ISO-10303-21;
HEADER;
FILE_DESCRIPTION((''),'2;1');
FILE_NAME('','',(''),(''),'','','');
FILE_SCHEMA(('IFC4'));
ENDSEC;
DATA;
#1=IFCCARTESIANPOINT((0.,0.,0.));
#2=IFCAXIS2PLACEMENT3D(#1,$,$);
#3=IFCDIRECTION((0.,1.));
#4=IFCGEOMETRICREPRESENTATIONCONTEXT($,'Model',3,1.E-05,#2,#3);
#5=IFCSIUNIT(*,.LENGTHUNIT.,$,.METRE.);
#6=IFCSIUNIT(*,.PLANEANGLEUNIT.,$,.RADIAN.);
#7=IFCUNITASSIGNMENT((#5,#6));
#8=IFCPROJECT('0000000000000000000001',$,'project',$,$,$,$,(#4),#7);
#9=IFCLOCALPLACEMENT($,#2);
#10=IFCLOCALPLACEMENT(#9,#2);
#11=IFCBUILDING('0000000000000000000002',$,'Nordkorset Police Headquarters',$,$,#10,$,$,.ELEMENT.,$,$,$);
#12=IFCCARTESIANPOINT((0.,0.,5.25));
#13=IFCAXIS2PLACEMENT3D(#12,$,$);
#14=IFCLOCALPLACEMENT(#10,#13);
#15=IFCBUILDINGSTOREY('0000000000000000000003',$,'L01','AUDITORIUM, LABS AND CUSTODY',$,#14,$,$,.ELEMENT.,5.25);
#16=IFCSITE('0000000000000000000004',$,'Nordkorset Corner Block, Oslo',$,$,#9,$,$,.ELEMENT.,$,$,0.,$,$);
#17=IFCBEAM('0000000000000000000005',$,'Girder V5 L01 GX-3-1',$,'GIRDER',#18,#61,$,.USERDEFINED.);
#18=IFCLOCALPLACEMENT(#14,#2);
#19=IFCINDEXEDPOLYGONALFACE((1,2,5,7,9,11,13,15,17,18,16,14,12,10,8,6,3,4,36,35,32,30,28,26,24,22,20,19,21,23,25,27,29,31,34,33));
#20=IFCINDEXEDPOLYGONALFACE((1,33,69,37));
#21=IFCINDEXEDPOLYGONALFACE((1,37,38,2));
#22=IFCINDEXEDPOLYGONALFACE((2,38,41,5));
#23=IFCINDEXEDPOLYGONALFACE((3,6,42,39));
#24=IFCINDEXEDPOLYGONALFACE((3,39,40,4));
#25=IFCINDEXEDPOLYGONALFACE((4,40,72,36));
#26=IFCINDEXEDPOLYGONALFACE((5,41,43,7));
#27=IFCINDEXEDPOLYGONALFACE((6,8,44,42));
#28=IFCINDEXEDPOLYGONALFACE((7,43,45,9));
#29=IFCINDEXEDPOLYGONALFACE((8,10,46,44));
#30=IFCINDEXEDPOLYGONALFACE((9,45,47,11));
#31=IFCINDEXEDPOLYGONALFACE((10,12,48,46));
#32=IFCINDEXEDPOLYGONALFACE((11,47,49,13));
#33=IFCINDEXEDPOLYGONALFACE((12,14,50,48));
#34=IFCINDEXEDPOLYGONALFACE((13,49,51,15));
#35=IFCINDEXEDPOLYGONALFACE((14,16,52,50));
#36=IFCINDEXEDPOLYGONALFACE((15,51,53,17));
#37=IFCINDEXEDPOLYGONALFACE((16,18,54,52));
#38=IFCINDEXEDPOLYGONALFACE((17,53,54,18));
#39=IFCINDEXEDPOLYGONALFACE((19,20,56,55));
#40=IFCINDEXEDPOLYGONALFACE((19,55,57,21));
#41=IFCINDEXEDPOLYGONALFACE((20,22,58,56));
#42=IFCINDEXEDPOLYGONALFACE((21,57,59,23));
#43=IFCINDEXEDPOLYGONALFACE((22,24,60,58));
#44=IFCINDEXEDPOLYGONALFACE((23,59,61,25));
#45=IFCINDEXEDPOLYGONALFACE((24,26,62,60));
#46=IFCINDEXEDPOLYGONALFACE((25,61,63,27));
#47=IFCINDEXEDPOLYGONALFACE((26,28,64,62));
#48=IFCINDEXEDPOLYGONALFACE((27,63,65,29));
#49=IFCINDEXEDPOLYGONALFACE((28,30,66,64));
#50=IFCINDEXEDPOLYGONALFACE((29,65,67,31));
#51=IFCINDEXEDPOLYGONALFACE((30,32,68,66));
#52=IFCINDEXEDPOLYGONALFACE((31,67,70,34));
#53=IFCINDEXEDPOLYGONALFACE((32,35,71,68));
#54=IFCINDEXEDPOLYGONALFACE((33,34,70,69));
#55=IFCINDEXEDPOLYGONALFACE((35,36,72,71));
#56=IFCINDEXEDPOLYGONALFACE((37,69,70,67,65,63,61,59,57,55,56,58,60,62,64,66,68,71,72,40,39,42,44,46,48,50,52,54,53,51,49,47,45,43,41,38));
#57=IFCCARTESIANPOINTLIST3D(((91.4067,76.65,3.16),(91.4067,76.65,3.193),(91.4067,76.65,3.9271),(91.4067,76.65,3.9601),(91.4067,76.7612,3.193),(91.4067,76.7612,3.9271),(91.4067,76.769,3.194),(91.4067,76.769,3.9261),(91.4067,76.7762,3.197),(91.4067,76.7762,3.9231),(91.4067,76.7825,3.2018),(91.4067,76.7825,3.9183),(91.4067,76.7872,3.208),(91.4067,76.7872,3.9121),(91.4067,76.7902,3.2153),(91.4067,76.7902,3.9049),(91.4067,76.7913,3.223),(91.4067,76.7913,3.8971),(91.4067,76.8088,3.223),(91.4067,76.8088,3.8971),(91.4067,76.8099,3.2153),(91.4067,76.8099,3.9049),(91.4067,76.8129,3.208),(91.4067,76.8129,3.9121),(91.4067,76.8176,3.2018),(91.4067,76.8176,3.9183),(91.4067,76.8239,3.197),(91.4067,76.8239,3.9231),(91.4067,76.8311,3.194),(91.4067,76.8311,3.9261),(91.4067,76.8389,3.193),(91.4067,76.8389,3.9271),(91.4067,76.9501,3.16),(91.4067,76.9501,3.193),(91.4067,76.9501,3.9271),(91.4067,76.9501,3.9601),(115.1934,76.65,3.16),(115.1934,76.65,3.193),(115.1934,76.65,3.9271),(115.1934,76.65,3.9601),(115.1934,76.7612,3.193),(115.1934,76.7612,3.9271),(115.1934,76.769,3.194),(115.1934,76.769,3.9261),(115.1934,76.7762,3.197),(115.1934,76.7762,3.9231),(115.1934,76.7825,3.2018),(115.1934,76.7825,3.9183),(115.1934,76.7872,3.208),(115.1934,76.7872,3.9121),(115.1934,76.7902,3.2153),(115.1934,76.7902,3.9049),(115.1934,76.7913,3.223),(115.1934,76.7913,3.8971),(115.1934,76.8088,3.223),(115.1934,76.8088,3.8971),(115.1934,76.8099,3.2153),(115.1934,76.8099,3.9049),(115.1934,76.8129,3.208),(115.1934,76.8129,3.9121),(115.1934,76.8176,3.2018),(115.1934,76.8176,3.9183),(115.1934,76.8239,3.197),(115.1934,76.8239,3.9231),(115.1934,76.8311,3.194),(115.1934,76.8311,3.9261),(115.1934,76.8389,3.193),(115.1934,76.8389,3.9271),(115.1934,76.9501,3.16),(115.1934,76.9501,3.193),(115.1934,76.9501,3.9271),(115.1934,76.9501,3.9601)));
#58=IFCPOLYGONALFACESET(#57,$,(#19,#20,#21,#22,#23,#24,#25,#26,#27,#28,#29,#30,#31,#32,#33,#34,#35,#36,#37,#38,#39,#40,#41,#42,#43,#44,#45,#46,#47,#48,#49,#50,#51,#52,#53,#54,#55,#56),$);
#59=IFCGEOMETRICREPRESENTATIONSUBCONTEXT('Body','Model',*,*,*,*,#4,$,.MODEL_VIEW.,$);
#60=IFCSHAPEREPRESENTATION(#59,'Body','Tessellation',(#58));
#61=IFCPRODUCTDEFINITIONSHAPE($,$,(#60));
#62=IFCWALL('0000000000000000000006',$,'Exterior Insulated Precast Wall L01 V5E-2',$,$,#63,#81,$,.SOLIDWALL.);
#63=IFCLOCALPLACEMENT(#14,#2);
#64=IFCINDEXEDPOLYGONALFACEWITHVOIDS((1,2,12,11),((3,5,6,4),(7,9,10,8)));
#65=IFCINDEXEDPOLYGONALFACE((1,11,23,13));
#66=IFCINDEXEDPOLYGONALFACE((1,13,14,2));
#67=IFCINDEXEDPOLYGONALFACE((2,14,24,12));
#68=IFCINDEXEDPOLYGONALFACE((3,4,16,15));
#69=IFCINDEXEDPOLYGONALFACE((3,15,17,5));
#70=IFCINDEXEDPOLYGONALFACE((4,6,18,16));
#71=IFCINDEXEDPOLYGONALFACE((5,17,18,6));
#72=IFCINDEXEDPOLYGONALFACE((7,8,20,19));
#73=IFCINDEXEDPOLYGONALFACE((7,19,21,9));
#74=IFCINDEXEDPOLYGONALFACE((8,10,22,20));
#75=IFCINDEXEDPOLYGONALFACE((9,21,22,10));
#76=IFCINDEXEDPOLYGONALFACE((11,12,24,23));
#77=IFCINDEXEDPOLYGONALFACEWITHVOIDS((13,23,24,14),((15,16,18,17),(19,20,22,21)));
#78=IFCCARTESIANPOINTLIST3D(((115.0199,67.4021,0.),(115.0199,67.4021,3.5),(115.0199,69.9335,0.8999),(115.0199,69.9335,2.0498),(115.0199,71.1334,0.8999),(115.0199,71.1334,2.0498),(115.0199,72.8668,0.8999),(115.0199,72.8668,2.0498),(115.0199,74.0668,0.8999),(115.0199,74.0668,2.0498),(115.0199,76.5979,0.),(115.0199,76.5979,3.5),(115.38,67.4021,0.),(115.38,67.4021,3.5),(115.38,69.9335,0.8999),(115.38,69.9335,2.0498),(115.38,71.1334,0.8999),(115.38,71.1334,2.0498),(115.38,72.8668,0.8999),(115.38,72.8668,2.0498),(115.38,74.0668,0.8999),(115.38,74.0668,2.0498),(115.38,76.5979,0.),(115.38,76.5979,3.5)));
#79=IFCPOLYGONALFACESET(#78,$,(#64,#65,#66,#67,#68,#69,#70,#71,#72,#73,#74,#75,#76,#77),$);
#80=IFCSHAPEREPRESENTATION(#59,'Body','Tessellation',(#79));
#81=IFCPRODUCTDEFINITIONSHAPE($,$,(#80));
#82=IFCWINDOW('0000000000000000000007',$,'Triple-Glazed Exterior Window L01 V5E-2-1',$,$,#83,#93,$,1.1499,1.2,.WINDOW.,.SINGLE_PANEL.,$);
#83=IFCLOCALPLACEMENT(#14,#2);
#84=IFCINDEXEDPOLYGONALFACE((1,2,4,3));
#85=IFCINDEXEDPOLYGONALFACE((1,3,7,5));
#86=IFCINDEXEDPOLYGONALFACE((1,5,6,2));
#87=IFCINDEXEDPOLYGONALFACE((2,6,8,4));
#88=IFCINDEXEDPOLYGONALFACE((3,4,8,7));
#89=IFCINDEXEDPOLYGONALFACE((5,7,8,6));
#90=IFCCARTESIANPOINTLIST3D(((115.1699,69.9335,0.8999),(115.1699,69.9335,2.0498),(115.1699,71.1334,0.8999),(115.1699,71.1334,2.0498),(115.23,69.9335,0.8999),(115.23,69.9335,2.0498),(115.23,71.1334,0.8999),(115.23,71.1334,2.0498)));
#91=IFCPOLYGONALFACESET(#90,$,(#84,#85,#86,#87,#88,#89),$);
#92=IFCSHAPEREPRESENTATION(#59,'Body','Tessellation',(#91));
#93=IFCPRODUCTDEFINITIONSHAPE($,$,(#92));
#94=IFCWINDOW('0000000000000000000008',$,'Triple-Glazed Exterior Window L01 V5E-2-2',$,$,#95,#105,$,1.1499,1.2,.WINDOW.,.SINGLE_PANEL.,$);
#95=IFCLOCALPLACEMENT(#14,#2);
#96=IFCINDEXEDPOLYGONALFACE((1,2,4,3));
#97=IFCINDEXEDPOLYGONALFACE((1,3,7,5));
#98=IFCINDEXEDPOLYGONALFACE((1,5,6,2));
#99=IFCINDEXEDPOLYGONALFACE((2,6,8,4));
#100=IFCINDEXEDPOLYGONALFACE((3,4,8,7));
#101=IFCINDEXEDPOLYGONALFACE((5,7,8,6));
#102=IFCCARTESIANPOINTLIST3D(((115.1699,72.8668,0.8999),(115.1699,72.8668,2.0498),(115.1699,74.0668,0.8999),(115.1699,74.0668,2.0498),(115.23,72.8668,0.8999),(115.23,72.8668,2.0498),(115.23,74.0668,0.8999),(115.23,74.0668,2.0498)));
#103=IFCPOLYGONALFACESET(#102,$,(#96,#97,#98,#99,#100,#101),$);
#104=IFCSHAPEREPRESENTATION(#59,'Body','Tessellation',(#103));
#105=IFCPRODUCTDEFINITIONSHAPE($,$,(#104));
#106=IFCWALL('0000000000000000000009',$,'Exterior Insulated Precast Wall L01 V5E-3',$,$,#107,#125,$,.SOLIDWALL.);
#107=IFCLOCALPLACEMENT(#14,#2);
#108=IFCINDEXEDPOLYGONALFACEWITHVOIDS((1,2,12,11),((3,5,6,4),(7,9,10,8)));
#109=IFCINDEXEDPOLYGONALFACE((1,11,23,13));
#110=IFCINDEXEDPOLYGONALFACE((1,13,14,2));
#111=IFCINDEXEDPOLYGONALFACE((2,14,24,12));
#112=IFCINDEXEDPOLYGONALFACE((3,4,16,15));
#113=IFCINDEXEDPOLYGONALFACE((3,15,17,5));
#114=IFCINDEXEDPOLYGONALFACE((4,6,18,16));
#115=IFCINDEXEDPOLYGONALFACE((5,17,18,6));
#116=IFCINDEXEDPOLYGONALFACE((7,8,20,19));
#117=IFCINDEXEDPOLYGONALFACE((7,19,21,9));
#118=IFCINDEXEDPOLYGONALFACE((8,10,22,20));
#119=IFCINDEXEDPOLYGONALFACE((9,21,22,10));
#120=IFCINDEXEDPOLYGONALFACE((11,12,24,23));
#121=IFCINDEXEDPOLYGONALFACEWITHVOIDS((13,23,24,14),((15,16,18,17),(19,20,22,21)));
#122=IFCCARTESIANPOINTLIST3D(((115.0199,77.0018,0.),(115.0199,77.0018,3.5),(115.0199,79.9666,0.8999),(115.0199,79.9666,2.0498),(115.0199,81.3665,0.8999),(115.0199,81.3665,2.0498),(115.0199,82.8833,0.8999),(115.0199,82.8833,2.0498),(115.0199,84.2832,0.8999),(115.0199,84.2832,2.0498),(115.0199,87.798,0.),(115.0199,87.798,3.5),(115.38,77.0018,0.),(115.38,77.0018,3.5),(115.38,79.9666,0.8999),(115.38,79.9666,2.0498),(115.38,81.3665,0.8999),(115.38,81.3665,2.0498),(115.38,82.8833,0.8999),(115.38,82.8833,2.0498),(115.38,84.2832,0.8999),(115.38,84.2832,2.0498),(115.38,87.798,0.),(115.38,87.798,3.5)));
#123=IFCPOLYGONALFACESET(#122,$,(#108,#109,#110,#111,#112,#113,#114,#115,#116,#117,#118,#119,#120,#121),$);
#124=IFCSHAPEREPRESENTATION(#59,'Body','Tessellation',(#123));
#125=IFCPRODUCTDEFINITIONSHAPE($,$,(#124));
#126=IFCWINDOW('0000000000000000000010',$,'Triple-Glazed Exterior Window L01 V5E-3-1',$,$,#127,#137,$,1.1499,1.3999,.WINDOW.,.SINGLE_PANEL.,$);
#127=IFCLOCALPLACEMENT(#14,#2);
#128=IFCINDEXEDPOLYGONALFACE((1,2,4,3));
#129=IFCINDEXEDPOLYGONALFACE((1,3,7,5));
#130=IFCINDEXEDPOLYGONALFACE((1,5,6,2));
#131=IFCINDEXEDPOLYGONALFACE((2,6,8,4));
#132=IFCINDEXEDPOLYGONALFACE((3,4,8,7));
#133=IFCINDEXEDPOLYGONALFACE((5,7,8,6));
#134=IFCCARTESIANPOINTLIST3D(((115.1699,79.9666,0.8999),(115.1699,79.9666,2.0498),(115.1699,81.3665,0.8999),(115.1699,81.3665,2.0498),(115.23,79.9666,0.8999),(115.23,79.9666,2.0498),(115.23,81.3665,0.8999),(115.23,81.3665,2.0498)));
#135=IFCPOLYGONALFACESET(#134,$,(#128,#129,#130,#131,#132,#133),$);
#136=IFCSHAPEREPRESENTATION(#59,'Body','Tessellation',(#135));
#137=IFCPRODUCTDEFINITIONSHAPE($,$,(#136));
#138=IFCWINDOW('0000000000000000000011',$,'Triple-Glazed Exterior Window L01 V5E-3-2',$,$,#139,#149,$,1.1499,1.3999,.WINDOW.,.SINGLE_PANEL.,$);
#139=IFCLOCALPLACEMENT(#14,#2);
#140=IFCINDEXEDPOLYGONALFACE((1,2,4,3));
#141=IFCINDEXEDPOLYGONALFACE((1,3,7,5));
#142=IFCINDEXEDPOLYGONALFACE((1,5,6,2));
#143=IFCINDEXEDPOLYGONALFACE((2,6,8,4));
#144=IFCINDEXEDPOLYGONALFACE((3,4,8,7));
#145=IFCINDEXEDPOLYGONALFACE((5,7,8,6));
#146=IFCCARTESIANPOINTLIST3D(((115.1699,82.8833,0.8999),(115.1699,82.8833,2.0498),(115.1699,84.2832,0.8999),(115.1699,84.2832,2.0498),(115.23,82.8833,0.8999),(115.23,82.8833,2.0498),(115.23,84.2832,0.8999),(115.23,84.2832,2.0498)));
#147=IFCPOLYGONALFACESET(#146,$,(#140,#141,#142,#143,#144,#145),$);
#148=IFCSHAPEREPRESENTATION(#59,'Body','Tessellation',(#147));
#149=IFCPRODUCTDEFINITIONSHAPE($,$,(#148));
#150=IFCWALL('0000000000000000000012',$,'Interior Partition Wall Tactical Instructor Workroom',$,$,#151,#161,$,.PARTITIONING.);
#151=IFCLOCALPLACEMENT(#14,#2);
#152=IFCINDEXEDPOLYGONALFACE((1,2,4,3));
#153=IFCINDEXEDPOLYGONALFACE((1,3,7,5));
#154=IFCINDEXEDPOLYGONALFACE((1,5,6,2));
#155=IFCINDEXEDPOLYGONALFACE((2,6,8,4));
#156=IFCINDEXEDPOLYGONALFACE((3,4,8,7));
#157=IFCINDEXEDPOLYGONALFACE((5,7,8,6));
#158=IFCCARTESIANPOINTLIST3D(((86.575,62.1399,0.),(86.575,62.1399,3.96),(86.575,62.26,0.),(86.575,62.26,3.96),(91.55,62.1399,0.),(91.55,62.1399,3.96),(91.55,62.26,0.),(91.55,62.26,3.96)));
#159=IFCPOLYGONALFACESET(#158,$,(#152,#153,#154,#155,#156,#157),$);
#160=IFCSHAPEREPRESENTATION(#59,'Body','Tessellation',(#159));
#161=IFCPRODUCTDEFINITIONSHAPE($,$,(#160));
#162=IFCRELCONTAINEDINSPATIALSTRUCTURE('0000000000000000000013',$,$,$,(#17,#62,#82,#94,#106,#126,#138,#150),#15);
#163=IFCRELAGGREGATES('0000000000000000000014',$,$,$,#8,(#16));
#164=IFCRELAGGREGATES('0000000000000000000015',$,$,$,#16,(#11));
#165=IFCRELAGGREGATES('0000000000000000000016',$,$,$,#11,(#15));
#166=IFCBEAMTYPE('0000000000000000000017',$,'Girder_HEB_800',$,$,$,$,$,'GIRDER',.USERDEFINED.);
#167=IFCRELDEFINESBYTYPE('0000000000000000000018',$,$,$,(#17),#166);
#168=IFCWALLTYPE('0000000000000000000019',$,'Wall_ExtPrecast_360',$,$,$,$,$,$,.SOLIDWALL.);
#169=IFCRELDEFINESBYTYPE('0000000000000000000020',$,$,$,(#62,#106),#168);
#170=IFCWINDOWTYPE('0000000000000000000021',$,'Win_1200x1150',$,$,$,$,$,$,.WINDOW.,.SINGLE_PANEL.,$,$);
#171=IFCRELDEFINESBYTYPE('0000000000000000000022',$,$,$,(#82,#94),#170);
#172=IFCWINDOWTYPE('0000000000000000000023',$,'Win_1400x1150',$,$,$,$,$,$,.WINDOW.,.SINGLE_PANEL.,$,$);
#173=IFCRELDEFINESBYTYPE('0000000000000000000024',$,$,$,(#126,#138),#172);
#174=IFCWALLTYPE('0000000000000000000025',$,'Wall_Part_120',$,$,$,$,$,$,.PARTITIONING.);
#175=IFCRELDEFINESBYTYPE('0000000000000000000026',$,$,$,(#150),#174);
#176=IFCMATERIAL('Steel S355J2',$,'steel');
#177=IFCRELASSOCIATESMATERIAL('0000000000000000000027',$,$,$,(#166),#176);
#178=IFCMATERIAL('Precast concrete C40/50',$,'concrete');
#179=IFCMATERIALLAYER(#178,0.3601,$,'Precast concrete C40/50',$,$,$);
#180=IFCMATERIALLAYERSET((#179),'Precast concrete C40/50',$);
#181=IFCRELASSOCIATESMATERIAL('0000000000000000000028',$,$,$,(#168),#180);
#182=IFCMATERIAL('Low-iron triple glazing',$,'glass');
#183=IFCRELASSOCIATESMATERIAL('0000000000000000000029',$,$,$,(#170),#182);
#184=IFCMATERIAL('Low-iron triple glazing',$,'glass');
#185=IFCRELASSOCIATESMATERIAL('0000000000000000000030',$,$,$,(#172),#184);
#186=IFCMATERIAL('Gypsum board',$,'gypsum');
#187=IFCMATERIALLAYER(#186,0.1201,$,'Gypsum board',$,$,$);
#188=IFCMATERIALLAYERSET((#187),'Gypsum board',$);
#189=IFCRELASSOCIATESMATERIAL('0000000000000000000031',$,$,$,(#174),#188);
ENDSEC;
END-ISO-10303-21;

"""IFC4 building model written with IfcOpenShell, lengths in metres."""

from ifc_helpers import new_model, si_unit, direction, frame, frame_2d, origin, origin_2d, place, context, subcontext, project, spatial, rectangle, i_section, extrude, material, layer, layer_set, material_profile, profile_set, type_object, element, fill, save


model = new_model("IFC4")

# Units and contexts
model_context = context("Model", 3, precision=1e-05, world=origin(), true_north=direction((0.0, 1.0)))
body_context = subcontext(model_context, "Body", "Model", "MODEL_VIEW")
ifc_project = project(units=[si_unit("LENGTHUNIT", "METRE"), si_unit("PLANEANGLEUNIT", "RADIAN")], contexts=[model_context])

# Site, building, storey
site_placement = place(None, origin())
site = spatial("IfcSite", under=ifc_project, at=site_placement, Name="Nordkorset Corner Block, Oslo", CompositionType="ELEMENT", RefElevation=0.0)
building_placement = place(site_placement, origin())
building = spatial("IfcBuilding", under=site, at=building_placement, Name="Nordkorset Police Headquarters", CompositionType="ELEMENT")
storey_placement = place(building_placement, frame((0.0, 0.0, 5.25)))
storey = spatial("IfcBuildingStorey", under=building, at=storey_placement, Name="L01", Description="AUDITORIUM, LABS AND CUSTODY", CompositionType="ELEMENT", Elevation=5.25)

# Beam
ifc_material_1 = material(Name="Steel S355J2", Category="steel")
ifc_material_profile_1 = material_profile(ifc_material_1, i_section(OverallWidth=0.3, OverallDepth=0.8, WebThickness=0.0176, FlangeThickness=0.033, FilletRadius=0.03, at=origin_2d()), Name="HEB 800")
ifc_profile_set_1 = profile_set([ifc_material_profile_1], Name="Steel S355J2")
beam_type_1 = type_object("IfcBeamType", Name="Girder_HEB_800", ElementType="GIRDER", PredefinedType="USERDEFINED", material=ifc_profile_set_1)
beam_1_placement = place(storey_placement, frame((91.4067, 76.8, 3.5601), z_axis=(1.0, 0.0, 0.0), x_axis=(0.0, 1.0, 0.0)))
element("IfcBeam", 1, at=beam_1_placement, inside=storey, type_object=beam_type_1, Name="Girder V5 L01 GX-3-1", ObjectType="GIRDER", PredefinedType="USERDEFINED", context=body_context, shape_type="SweptSolid", body=[
    extrude(i_section(OverallWidth=0.3, OverallDepth=0.8, WebThickness=0.0176, FlangeThickness=0.033, FilletRadius=0.03, at=origin_2d()), origin(), (0.0, 0.0, 1.0), 23.7866),
])

# Walls, openings, windows
ifc_material_2 = material(Name="Precast concrete C40/50", Category="concrete")
ifc_layer_1 = layer(ifc_material_2, 0.3601, Name="Precast concrete C40/50")
ifc_layer_set_1 = layer_set([ifc_layer_1], Name="Precast concrete C40/50")
wall_type_1 = type_object("IfcWallType", Name="Wall_ExtPrecast_360", PredefinedType="SOLIDWALL", material=ifc_layer_set_1)
wall_1_placement = place(storey_placement, frame((115.2, 67.4021, 0.0), z_axis=(0.0, 0.0, 1.0), x_axis=(0.0, 1.0, 0.0)))
wall_1 = element("IfcWall", 2, at=wall_1_placement, inside=storey, type_object=wall_type_1, Name="Exterior Insulated Precast Wall L01 V5E-2", PredefinedType="SOLIDWALL", context=body_context, shape_type="SweptSolid", body=[
    extrude(rectangle(XDim=9.1958, YDim=0.3601, at=frame_2d((4.5979, 0.0))), origin(), (0.0, 0.0, 1.0), 3.5),
])
opening_1_placement = place(wall_1_placement, frame((2.5312, 0.0, 0.8999)))
opening_1 = element("IfcOpeningElement", 3, at=opening_1_placement, cuts=wall_1, PredefinedType="OPENING", context=body_context, shape_type="SweptSolid", body=[
    extrude(rectangle(XDim=1.2, YDim=1.1499, at=frame_2d((0.6001, 0.575))), frame((0.0, 0.1899, 0.0), z_axis=(0.0, -1.0, 0.0), x_axis=(1.0, 0.0, 0.0)), (0.0, 0.0, 1.0), 0.3801),
])
opening_2_placement = place(wall_1_placement, frame((5.4646, 0.0, 0.8999)))
opening_2 = element("IfcOpeningElement", 4, at=opening_2_placement, cuts=wall_1, PredefinedType="OPENING", context=body_context, shape_type="SweptSolid", body=[
    extrude(rectangle(XDim=1.2, YDim=1.1499, at=frame_2d((0.6001, 0.575))), frame((0.0, 0.1899, 0.0), z_axis=(0.0, -1.0, 0.0), x_axis=(1.0, 0.0, 0.0)), (0.0, 0.0, 1.0), 0.3801),
])
ifc_material_3 = material(Name="Low-iron triple glazing", Category="glass")
window_type_1 = type_object("IfcWindowType", Name="Win_1200x1150", PartitioningType="SINGLE_PANEL", PredefinedType="WINDOW", material=ifc_material_3)
window_1_placement = place(opening_1_placement, origin())
window_1 = element("IfcWindow", 5, at=window_1_placement, inside=storey, type_object=window_type_1, Name="Triple-Glazed Exterior Window L01 V5E-2-1", OverallHeight=1.1499, OverallWidth=1.2, PartitioningType="SINGLE_PANEL", PredefinedType="WINDOW", context=body_context, shape_type="SweptSolid", body=[
    extrude(rectangle(XDim=1.2, YDim=1.1499, at=frame_2d((0.6001, 0.575))), frame((0.0, 0.03, 0.0), z_axis=(0.0, -1.0, 0.0), x_axis=(1.0, 0.0, 0.0)), (0.0, 0.0, 1.0), 0.0601),
])
fill(opening_1, window_1)
window_2_placement = place(opening_2_placement, origin())
window_2 = element("IfcWindow", 6, at=window_2_placement, inside=storey, type_object=window_type_1, Name="Triple-Glazed Exterior Window L01 V5E-2-2", OverallHeight=1.1499, OverallWidth=1.2, PartitioningType="SINGLE_PANEL", PredefinedType="WINDOW", context=body_context, shape_type="SweptSolid", body=[
    extrude(rectangle(XDim=1.2, YDim=1.1499, at=frame_2d((0.6001, 0.575))), frame((0.0, 0.03, 0.0), z_axis=(0.0, -1.0, 0.0), x_axis=(1.0, 0.0, 0.0)), (0.0, 0.0, 1.0), 0.0601),
])
fill(opening_2, window_2)
wall_2_placement = place(storey_placement, frame((115.2, 77.002, 0.0), z_axis=(0.0, 0.0, 1.0), x_axis=(0.0, 1.0, 0.0)))
wall_2 = element("IfcWall", 7, at=wall_2_placement, inside=storey, type_object=wall_type_1, Name="Exterior Insulated Precast Wall L01 V5E-3", PredefinedType="SOLIDWALL", context=body_context, shape_type="SweptSolid", body=[
    extrude(rectangle(XDim=10.7961, YDim=0.3601, at=frame_2d((5.3979, 0.0))), origin(), (0.0, 0.0, 1.0), 3.5),
])
opening_3_placement = place(wall_2_placement, frame((2.9646, 0.0, 0.8999)))
opening_3 = element("IfcOpeningElement", 8, at=opening_3_placement, cuts=wall_2, PredefinedType="OPENING", context=body_context, shape_type="SweptSolid", body=[
    extrude(rectangle(XDim=1.3999, YDim=1.1499, at=frame_2d((0.7, 0.575))), frame((0.0, 0.1899, 0.0), z_axis=(0.0, -1.0, 0.0), x_axis=(1.0, 0.0, 0.0)), (0.0, 0.0, 1.0), 0.3801),
])
opening_4_placement = place(wall_2_placement, frame((5.8813, 0.0, 0.8999)))
opening_4 = element("IfcOpeningElement", 9, at=opening_4_placement, cuts=wall_2, PredefinedType="OPENING", context=body_context, shape_type="SweptSolid", body=[
    extrude(rectangle(XDim=1.3999, YDim=1.1499, at=frame_2d((0.7, 0.575))), frame((0.0, 0.1899, 0.0), z_axis=(0.0, -1.0, 0.0), x_axis=(1.0, 0.0, 0.0)), (0.0, 0.0, 1.0), 0.3801),
])
ifc_material_4 = material(Name="Low-iron triple glazing", Category="glass")
window_type_2 = type_object("IfcWindowType", Name="Win_1400x1150", PartitioningType="SINGLE_PANEL", PredefinedType="WINDOW", material=ifc_material_4)
window_3_placement = place(opening_3_placement, origin())
window_3 = element("IfcWindow", 10, at=window_3_placement, inside=storey, type_object=window_type_2, Name="Triple-Glazed Exterior Window L01 V5E-3-1", OverallHeight=1.1499, OverallWidth=1.3999, PartitioningType="SINGLE_PANEL", PredefinedType="WINDOW", context=body_context, shape_type="SweptSolid", body=[
    extrude(rectangle(XDim=1.3999, YDim=1.1499, at=frame_2d((0.7, 0.575))), frame((0.0, 0.03, 0.0), z_axis=(0.0, -1.0, 0.0), x_axis=(1.0, 0.0, 0.0)), (0.0, 0.0, 1.0), 0.0601),
])
fill(opening_3, window_3)
window_4_placement = place(opening_4_placement, origin())
window_4 = element("IfcWindow", 11, at=window_4_placement, inside=storey, type_object=window_type_2, Name="Triple-Glazed Exterior Window L01 V5E-3-2", OverallHeight=1.1499, OverallWidth=1.3999, PartitioningType="SINGLE_PANEL", PredefinedType="WINDOW", context=body_context, shape_type="SweptSolid", body=[
    extrude(rectangle(XDim=1.3999, YDim=1.1499, at=frame_2d((0.7, 0.575))), frame((0.0, 0.03, 0.0), z_axis=(0.0, -1.0, 0.0), x_axis=(1.0, 0.0, 0.0)), (0.0, 0.0, 1.0), 0.0601),
])
fill(opening_4, window_4)

# Wall
ifc_material_5 = material(Name="Gypsum board", Category="gypsum")
ifc_layer_2 = layer(ifc_material_5, 0.1201, Name="Gypsum board")
ifc_layer_set_2 = layer_set([ifc_layer_2], Name="Gypsum board")
wall_type_2 = type_object("IfcWallType", Name="Wall_Part_120", PredefinedType="PARTITIONING", material=ifc_layer_set_2)
wall_3_placement = place(storey_placement, frame((86.575, 62.2, 0.0), z_axis=(0.0, 0.0, 1.0), x_axis=(1.0, 0.0, 0.0)))
element("IfcWall", 12, at=wall_3_placement, inside=storey, type_object=wall_type_2, Name="Interior Partition Wall Tactical Instructor Workroom", PredefinedType="PARTITIONING", context=body_context, shape_type="SweptSolid", body=[
    extrude(rectangle(XDim=4.9751, YDim=0.1201, at=frame_2d((2.4875, 0.0))), origin(), (0.0, 0.0, 1.0), 3.96),
])

save(model, "model.ifc")
